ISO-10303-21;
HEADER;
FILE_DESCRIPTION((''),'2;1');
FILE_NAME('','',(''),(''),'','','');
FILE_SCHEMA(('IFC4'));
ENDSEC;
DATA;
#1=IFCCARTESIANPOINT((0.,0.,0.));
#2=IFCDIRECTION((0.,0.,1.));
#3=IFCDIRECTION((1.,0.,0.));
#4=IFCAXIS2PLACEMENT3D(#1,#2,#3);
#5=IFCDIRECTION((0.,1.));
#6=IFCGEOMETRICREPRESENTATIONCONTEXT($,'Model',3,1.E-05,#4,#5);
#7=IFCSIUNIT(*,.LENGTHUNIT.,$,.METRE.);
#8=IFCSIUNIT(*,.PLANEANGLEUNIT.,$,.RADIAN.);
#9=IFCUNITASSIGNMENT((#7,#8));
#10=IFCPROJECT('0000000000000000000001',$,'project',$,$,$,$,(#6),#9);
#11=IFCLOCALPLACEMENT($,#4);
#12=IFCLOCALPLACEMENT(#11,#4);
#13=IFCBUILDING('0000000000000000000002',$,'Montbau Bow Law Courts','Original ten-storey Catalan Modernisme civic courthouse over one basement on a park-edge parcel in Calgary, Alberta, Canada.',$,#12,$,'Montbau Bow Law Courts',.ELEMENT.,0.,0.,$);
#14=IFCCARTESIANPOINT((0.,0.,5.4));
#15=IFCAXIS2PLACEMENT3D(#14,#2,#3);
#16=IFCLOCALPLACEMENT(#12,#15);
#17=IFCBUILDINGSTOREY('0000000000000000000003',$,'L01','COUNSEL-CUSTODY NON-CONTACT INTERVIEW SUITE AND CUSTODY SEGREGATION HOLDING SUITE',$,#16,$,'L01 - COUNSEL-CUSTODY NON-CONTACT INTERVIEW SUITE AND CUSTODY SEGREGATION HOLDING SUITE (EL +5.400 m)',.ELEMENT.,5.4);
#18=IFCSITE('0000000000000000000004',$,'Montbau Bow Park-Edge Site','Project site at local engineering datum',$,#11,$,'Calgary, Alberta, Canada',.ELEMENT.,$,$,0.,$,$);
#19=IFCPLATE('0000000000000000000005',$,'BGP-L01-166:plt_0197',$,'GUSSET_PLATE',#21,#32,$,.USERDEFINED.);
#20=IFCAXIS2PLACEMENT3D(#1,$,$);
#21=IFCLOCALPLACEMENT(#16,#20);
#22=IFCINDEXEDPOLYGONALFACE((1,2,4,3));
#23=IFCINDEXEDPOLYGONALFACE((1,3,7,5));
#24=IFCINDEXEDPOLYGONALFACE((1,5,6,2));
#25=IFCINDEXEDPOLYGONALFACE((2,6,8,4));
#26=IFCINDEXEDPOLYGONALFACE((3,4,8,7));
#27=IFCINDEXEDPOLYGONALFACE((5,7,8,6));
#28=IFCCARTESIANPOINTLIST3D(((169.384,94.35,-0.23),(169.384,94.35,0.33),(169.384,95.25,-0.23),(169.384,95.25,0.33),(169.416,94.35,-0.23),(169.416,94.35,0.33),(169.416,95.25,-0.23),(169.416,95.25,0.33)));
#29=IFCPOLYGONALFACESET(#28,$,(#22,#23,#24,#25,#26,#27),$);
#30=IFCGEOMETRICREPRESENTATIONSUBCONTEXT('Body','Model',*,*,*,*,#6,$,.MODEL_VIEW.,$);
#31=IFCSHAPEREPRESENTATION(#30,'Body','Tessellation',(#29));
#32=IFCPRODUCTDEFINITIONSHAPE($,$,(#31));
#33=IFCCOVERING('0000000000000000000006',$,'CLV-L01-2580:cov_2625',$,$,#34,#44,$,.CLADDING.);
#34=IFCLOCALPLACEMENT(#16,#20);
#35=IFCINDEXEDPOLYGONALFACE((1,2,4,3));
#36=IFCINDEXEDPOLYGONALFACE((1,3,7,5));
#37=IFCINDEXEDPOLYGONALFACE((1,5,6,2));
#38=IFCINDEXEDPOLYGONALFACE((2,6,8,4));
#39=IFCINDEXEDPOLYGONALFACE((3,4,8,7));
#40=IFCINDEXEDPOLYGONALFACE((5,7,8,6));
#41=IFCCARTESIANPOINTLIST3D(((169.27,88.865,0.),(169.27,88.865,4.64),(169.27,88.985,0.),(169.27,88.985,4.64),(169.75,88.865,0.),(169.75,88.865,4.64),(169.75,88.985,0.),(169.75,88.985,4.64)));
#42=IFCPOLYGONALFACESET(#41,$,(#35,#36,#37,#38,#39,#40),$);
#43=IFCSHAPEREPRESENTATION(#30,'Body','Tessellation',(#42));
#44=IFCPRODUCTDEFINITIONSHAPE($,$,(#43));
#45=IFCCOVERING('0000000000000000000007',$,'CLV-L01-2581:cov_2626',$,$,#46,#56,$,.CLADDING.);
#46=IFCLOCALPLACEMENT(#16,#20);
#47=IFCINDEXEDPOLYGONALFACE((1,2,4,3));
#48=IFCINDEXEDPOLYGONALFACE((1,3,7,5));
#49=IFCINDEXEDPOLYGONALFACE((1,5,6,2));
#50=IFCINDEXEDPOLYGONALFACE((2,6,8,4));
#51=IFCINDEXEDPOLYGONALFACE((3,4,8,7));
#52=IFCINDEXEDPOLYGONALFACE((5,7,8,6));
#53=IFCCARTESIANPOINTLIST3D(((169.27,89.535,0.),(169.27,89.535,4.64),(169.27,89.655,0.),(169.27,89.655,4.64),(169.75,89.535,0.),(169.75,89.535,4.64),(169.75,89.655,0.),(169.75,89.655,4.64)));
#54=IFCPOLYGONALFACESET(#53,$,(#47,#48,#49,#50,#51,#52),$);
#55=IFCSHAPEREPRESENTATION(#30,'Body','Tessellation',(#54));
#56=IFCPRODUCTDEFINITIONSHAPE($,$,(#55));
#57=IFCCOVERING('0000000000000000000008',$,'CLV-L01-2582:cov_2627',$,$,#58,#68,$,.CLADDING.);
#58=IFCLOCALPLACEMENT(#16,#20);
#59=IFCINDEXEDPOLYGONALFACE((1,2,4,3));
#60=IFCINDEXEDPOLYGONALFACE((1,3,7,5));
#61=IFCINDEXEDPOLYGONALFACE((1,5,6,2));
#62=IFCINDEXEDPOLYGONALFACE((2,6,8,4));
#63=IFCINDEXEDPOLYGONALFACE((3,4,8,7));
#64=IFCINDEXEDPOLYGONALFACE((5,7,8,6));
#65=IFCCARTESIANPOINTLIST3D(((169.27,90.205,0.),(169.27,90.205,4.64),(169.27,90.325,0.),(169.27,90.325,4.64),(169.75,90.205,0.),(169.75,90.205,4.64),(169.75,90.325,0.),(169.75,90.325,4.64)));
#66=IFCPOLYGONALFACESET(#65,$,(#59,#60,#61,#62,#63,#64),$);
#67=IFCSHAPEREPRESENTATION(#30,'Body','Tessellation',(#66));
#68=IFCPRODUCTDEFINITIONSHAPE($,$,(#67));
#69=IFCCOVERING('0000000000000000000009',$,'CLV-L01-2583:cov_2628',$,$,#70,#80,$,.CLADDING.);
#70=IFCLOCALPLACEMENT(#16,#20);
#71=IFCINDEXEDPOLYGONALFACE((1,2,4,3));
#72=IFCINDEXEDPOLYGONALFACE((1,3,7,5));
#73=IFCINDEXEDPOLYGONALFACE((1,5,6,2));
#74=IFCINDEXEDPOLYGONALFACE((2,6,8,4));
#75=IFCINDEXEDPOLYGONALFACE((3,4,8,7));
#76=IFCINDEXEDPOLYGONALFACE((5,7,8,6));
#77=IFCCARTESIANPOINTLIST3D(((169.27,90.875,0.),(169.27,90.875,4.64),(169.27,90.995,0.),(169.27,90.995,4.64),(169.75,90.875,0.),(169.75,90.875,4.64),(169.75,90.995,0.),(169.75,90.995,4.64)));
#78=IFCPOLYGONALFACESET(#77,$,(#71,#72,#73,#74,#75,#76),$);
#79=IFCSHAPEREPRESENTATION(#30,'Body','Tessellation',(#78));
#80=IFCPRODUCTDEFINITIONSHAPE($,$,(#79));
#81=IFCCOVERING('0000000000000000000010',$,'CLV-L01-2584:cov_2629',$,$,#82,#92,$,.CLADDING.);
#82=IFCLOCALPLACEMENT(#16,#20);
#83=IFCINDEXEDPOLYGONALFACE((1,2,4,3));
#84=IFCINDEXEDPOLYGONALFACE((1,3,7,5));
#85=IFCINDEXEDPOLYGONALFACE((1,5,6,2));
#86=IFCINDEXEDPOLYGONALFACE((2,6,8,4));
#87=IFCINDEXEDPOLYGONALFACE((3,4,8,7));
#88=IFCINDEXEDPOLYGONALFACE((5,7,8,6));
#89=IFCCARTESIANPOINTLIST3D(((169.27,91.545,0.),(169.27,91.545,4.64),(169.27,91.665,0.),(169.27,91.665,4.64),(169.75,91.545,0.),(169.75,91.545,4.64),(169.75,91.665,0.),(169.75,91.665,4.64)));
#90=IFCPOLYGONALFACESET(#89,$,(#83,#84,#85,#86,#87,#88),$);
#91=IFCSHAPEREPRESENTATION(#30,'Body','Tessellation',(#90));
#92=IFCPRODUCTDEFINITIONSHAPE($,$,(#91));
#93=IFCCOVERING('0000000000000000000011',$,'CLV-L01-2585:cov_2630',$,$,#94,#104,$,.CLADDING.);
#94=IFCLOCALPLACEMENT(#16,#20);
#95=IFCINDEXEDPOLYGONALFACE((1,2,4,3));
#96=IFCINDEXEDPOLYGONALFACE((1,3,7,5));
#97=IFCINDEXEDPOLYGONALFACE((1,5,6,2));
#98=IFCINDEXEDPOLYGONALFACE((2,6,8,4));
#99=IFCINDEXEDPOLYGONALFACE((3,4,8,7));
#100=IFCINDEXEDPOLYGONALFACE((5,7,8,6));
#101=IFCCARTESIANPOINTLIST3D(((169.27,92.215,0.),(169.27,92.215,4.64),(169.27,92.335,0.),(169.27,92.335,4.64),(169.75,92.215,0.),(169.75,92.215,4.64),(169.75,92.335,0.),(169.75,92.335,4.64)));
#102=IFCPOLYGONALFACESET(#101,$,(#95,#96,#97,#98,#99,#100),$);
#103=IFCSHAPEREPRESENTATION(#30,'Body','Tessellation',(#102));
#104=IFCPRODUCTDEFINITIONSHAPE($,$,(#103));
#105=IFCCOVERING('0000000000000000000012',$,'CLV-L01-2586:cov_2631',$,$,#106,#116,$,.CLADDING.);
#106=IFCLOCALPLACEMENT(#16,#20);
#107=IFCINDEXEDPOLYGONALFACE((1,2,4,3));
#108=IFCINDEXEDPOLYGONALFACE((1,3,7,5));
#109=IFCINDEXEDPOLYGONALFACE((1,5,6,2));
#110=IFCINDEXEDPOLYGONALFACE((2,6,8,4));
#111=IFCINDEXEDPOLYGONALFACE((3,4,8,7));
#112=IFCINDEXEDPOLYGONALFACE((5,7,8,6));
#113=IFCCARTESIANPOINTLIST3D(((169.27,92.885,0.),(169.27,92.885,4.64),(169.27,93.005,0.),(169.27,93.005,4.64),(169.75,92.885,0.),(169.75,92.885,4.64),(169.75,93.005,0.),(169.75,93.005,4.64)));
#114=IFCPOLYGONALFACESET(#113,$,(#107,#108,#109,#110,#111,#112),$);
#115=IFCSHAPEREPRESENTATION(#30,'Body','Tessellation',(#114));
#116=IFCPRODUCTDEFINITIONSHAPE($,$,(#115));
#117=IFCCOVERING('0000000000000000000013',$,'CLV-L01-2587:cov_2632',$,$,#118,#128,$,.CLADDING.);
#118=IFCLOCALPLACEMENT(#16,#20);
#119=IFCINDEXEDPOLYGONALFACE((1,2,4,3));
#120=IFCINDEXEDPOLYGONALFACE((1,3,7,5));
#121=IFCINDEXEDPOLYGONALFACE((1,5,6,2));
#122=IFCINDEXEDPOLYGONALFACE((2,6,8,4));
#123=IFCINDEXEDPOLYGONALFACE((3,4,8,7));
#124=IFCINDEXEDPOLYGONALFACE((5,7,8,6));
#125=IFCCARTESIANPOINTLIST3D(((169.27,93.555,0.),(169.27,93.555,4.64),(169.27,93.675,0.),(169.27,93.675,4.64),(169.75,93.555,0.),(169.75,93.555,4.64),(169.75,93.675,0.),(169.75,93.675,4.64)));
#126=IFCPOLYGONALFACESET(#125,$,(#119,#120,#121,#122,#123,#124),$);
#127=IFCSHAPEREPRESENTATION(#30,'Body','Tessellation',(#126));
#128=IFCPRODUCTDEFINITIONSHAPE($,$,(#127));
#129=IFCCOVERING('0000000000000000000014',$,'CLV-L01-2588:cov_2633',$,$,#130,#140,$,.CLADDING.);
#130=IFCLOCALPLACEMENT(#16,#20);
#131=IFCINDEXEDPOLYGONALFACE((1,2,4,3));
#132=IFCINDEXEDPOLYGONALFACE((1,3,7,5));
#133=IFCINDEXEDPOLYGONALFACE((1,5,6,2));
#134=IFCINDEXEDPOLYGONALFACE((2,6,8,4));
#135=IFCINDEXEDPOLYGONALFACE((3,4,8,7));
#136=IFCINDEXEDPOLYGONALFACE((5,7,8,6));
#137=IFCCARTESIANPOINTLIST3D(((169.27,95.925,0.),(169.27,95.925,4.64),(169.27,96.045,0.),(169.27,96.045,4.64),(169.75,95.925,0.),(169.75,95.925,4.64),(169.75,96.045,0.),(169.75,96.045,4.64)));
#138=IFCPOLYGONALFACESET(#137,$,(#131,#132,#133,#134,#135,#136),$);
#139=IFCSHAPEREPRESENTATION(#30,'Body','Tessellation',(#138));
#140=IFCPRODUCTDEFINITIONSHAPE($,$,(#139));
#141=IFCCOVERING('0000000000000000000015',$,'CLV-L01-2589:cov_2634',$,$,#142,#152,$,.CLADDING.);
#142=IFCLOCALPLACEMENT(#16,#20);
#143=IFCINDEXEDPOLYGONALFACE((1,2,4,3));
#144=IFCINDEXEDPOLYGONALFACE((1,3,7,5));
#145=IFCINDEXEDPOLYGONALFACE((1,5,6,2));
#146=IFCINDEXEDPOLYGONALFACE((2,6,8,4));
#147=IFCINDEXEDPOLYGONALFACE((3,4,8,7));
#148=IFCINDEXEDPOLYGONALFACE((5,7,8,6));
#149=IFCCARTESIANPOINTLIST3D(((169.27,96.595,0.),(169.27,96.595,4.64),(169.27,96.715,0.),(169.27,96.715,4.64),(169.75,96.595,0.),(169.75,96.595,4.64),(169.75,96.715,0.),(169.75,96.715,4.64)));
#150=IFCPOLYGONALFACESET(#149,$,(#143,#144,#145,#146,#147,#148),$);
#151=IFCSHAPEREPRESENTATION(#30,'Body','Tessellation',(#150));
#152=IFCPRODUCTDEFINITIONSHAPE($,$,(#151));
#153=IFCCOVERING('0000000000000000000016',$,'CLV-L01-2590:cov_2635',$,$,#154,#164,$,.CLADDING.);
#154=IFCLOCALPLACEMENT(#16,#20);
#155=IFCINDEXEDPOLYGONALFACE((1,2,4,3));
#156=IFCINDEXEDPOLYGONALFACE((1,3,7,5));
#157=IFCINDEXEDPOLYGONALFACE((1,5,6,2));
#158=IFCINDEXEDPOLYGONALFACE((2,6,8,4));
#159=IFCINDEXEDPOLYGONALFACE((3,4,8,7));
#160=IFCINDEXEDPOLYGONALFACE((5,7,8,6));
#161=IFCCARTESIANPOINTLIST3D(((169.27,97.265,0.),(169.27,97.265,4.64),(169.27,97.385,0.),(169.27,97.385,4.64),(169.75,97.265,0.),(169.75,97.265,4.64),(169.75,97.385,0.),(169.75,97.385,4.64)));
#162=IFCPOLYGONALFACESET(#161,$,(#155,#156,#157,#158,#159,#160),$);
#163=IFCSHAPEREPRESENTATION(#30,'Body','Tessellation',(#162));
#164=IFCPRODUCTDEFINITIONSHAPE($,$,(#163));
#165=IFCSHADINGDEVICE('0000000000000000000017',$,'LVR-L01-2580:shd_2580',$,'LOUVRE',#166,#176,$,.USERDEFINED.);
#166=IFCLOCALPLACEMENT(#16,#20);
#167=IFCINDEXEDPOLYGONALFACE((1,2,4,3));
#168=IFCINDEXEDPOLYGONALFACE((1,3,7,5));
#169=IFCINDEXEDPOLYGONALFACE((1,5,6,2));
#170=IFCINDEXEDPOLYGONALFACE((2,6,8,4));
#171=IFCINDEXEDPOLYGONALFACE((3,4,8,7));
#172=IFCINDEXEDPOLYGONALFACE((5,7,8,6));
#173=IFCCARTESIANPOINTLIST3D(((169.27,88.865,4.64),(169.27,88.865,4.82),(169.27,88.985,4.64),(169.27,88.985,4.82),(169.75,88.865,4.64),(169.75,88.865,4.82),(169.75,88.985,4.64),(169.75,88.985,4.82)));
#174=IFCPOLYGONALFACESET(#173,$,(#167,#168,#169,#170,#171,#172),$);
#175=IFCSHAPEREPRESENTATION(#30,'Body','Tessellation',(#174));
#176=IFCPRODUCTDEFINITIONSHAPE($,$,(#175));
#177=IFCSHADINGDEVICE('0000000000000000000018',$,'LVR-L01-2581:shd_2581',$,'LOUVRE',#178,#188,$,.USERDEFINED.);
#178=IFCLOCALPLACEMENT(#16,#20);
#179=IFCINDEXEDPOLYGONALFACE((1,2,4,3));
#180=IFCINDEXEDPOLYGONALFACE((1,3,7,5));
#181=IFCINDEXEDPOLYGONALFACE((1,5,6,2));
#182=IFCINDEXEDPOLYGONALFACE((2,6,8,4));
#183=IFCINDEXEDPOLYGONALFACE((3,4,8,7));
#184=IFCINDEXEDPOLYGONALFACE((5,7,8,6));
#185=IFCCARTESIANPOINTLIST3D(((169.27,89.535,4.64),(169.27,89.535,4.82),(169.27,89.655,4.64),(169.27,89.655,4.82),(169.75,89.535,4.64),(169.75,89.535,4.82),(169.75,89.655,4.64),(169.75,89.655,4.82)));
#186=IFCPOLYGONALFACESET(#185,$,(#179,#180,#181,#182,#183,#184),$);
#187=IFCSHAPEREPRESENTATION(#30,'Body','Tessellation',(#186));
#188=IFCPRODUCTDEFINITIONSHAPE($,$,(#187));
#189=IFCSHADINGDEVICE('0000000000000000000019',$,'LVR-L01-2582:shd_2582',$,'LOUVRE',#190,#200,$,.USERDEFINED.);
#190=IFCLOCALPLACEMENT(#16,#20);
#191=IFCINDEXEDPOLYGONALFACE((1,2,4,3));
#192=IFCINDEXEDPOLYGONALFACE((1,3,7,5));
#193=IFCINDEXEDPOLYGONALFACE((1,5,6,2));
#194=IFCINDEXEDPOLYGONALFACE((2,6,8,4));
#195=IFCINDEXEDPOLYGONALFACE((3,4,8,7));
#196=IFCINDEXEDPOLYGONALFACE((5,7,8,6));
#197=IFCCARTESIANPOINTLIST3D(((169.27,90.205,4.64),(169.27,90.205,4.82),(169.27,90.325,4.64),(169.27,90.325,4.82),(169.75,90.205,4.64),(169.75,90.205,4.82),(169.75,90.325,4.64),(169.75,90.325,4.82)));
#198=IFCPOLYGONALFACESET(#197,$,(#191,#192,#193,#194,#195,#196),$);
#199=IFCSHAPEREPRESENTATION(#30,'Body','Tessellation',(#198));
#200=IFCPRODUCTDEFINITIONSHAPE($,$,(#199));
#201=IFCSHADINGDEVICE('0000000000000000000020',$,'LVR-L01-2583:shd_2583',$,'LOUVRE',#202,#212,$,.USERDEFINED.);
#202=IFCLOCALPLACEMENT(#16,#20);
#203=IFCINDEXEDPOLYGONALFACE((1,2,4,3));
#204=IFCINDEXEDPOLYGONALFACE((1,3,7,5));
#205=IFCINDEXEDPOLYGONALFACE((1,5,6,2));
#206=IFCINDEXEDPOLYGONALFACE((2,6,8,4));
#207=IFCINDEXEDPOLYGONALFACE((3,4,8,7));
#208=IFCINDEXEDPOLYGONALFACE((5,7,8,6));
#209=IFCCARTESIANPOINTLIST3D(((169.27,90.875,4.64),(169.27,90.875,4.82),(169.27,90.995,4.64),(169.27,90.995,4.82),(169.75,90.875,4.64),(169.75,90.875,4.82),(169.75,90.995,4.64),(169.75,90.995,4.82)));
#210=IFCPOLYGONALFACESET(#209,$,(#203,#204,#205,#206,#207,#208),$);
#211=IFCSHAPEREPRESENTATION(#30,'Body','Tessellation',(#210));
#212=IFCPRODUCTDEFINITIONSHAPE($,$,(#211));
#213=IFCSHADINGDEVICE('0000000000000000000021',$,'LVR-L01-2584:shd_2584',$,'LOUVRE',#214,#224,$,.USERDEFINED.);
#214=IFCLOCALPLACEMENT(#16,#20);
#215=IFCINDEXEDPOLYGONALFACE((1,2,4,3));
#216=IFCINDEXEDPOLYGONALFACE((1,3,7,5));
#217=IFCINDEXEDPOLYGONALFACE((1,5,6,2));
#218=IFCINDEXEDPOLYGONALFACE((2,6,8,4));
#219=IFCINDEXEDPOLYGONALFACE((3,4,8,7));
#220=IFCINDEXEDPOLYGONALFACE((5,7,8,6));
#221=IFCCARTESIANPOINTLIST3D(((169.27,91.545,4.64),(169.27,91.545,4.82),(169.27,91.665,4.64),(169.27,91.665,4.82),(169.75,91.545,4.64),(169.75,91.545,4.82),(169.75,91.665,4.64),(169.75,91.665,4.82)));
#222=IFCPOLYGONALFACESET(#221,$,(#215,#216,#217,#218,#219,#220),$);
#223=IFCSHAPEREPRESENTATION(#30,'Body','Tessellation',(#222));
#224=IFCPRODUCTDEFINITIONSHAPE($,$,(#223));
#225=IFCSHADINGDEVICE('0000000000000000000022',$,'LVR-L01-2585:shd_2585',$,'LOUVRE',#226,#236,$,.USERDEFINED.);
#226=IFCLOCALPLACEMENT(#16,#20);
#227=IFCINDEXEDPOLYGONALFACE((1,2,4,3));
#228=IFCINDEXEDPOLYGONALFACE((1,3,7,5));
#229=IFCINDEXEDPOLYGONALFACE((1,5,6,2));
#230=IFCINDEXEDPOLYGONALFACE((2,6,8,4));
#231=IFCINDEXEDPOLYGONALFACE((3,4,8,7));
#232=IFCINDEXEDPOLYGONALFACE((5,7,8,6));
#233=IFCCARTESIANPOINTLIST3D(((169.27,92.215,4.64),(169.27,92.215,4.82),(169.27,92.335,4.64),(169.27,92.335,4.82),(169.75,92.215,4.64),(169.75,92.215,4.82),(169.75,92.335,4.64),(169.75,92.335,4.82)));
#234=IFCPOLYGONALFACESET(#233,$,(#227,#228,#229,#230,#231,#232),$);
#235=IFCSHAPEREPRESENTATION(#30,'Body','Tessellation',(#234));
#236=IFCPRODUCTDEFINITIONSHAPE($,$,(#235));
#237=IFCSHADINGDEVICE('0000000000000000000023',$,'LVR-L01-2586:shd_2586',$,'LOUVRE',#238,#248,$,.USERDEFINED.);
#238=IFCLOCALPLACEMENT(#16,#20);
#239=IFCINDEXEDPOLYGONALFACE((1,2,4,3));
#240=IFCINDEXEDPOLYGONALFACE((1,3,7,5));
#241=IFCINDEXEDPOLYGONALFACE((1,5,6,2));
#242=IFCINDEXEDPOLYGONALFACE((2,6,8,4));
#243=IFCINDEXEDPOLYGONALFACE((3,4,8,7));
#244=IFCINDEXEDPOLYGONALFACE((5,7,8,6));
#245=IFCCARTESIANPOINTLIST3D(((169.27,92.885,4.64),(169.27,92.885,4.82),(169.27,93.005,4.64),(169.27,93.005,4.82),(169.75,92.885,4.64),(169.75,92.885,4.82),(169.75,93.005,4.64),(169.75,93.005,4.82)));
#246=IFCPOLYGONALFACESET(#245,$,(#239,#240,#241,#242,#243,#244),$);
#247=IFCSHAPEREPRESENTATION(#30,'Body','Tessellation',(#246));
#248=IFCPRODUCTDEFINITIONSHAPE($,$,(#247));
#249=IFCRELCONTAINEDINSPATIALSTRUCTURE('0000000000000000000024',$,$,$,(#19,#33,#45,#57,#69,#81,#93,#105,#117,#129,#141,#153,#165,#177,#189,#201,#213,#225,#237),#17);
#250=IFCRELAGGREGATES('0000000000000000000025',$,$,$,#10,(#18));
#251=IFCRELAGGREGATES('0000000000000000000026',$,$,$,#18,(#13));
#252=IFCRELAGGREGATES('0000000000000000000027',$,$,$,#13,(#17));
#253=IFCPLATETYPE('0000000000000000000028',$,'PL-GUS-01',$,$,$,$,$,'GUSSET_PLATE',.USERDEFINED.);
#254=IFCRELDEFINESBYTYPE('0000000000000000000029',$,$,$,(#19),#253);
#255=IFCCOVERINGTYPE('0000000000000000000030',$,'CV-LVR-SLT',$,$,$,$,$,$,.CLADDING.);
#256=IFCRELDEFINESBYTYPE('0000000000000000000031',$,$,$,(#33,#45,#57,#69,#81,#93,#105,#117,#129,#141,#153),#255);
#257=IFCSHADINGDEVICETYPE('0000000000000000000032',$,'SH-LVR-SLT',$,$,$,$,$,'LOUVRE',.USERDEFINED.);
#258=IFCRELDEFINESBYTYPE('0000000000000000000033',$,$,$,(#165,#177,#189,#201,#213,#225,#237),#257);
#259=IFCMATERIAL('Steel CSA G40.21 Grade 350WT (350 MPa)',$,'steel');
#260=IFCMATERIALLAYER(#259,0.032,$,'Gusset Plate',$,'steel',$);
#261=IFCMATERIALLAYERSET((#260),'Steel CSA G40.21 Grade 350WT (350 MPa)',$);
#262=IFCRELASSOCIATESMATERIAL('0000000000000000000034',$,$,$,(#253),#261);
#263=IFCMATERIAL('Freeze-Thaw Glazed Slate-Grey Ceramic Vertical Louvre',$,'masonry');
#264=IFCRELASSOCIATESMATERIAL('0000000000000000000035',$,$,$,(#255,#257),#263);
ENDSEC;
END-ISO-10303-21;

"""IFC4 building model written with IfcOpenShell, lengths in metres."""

from ifc_helpers import new_model, si_unit, direction, frame, frame_2d, origin_with_axes, origin_2d_with_axis, place, context, subcontext, project, spatial, rectangle, extrude, material, layer, layer_set, type_object, element, save


model = new_model("IFC4")

# Units and contexts
model_context = context("Model", 3, precision=1e-05, world=origin_with_axes(), true_north=direction((0.0, 1.0)))
body_context = subcontext(model_context, "Body", "Model", "MODEL_VIEW")
ifc_project = project(units=[si_unit("LENGTHUNIT", "METRE"), si_unit("PLANEANGLEUNIT", "RADIAN")], contexts=[model_context])

# Site, building, storey
site_placement = place(None, origin_with_axes())
site = spatial("IfcSite", under=ifc_project, at=site_placement, Name="Montbau Bow Park-Edge Site", Description="Project site at local engineering datum", LongName="Calgary, Alberta, Canada", CompositionType="ELEMENT", RefElevation=0.0)
building_placement = place(site_placement, origin_with_axes())
building = spatial("IfcBuilding", under=site, at=building_placement, Name="Montbau Bow Law Courts", Description="Original ten-storey Catalan Modernisme civic courthouse over one basement on a park-edge parcel in Calgary, Alberta, Canada.", LongName="Montbau Bow Law Courts", CompositionType="ELEMENT", ElevationOfRefHeight=0.0, ElevationOfTerrain=0.0)
storey_placement = place(building_placement, frame((0.0, 0.0, 5.4), z_axis=(0.0, 0.0, 1.0), x_axis=(1.0, 0.0, 0.0)))
storey = spatial("IfcBuildingStorey", under=building, at=storey_placement, Name="L01", Description="COUNSEL-CUSTODY NON-CONTACT INTERVIEW SUITE AND CUSTODY SEGREGATION HOLDING SUITE", LongName="L01 - COUNSEL-CUSTODY NON-CONTACT INTERVIEW SUITE AND CUSTODY SEGREGATION HOLDING SUITE (EL +5.400 m)", CompositionType="ELEMENT", Elevation=5.4)

# Shared definitions
ifc_material_1 = material(Name="Steel CSA G40.21 Grade 350WT (350 MPa)", Category="steel")

# Plate
ifc_layer = layer(ifc_material_1, 0.032, Name="Gusset Plate", Category="steel")
ifc_layer_set = layer_set([ifc_layer], Name="Steel CSA G40.21 Grade 350WT (350 MPa)")
plate_type = type_object("IfcPlateType", Name="PL-GUS-01", ElementType="GUSSET_PLATE", PredefinedType="USERDEFINED", material=ifc_layer_set)
plate_placement = place(None, frame((169.4, 94.8, 5.17), z_axis=(0.0, 0.0, 1.0), x_axis=(0.0, 1.0, 0.0)))
element("IfcPlate", 1, at=plate_placement, inside=storey, type_object=plate_type, Name="BGP-L01-166:plt_0197", ObjectType="GUSSET_PLATE", PredefinedType="USERDEFINED", context=body_context, shape_type="SweptSolid", body=[
    extrude(rectangle(XDim=0.9, YDim=0.032, at=origin_2d_with_axis()), origin_with_axes(), (0.0, 0.0, 1.0), 0.56),
])

# Coverings
ifc_material_2 = material(Name="Freeze-Thaw Glazed Slate-Grey Ceramic Vertical Louvre", Category="masonry")
covering_type = type_object("IfcCoveringType", Name="CV-LVR-SLT", PredefinedType="CLADDING", material=ifc_material_2)
for number, where, z_axis, x_axis, name in (
    (2, (169.27, 88.925, 5.4), (0.0, -1.0, 0.0), (1.0, 0.0, 0.0), "CLV-L01-2580:cov_2625"),
    (3, (169.27, 89.595, 5.4), (0.0, -1.0, 0.0), (1.0, 0.0, 0.0), "CLV-L01-2581:cov_2626"),
    (4, (169.27, 90.265, 5.4), (0.0, -1.0, 0.0), (1.0, 0.0, 0.0), "CLV-L01-2582:cov_2627"),
    (5, (169.27, 90.935, 5.4), (0.0, -1.0, 0.0), (1.0, 0.0, 0.0), "CLV-L01-2583:cov_2628"),
    (6, (169.27, 91.605, 5.4), (0.0, -1.0, 0.0), (1.0, 0.0, 0.0), "CLV-L01-2584:cov_2629"),
    (7, (169.27, 92.275, 5.4), (0.0, -1.0, 0.0), (1.0, 0.0, 0.0), "CLV-L01-2585:cov_2630"),
    (8, (169.27, 92.945, 5.4), (0.0, -1.0, 0.0), (1.0, 0.0, 0.0), "CLV-L01-2586:cov_2631"),
    (9, (169.27, 93.615, 5.4), (0.0, -1.0, 0.0), (1.0, 0.0, 0.0), "CLV-L01-2587:cov_2632"),
    (10, (169.27, 95.985, 5.4), (0.0, -1.0, 0.0), (1.0, 0.0, 0.0), "CLV-L01-2588:cov_2633"),
    (11, (169.27, 96.655, 5.4), (0.0, -1.0, 0.0), (1.0, 0.0, 0.0), "CLV-L01-2589:cov_2634"),
    (12, (169.27, 97.325, 5.4), (0.0, -1.0, 0.0), (1.0, 0.0, 0.0), "CLV-L01-2590:cov_2635"),
):
    element("IfcCovering", number, at=place(None, frame(where, z_axis=z_axis, x_axis=x_axis)), inside=storey, type_object=covering_type, Name=name, PredefinedType="CLADDING", context=body_context, shape_type="SweptSolid", body=[
        extrude(rectangle(XDim=0.48, YDim=4.64, at=frame_2d((0.24, 2.32), x_axis=(1.0, 0.0))), frame((0.0, 0.0, -0.06), z_axis=(0.0, 0.0, 1.0), x_axis=(1.0, 0.0, 0.0)), (0.0, 0.0, 1.0), 0.12),
    ])

# Shading devices
shading_device_type = type_object("IfcShadingDeviceType", Name="SH-LVR-SLT", ElementType="LOUVRE", PredefinedType="USERDEFINED", material=ifc_material_2)
for number, where, z_axis, x_axis, name in (
    (13, (169.51, 88.925, 10.04), (0.0, 0.0, 1.0), (1.0, 0.0, 0.0), "LVR-L01-2580:shd_2580"),
    (14, (169.51, 89.595, 10.04), (0.0, 0.0, 1.0), (1.0, 0.0, 0.0), "LVR-L01-2581:shd_2581"),
    (15, (169.51, 90.265, 10.04), (0.0, 0.0, 1.0), (1.0, 0.0, 0.0), "LVR-L01-2582:shd_2582"),
    (16, (169.51, 90.935, 10.04), (0.0, 0.0, 1.0), (1.0, 0.0, 0.0), "LVR-L01-2583:shd_2583"),
    (17, (169.51, 91.605, 10.04), (0.0, 0.0, 1.0), (1.0, 0.0, 0.0), "LVR-L01-2584:shd_2584"),
    (18, (169.51, 92.275, 10.04), (0.0, 0.0, 1.0), (1.0, 0.0, 0.0), "LVR-L01-2585:shd_2585"),
    (19, (169.51, 92.945, 10.04), (0.0, 0.0, 1.0), (1.0, 0.0, 0.0), "LVR-L01-2586:shd_2586"),
):
    element("IfcShadingDevice", number, at=place(None, frame(where, z_axis=z_axis, x_axis=x_axis)), inside=storey, type_object=shading_device_type, Name=name, ObjectType="LOUVRE", PredefinedType="USERDEFINED", context=body_context, shape_type="SweptSolid", body=[
        extrude(rectangle(XDim=0.48, YDim=0.12, at=origin_2d_with_axis()), origin_with_axes(), (0.0, 0.0, 1.0), 0.18),
    ])

save(model, "model.ifc")
